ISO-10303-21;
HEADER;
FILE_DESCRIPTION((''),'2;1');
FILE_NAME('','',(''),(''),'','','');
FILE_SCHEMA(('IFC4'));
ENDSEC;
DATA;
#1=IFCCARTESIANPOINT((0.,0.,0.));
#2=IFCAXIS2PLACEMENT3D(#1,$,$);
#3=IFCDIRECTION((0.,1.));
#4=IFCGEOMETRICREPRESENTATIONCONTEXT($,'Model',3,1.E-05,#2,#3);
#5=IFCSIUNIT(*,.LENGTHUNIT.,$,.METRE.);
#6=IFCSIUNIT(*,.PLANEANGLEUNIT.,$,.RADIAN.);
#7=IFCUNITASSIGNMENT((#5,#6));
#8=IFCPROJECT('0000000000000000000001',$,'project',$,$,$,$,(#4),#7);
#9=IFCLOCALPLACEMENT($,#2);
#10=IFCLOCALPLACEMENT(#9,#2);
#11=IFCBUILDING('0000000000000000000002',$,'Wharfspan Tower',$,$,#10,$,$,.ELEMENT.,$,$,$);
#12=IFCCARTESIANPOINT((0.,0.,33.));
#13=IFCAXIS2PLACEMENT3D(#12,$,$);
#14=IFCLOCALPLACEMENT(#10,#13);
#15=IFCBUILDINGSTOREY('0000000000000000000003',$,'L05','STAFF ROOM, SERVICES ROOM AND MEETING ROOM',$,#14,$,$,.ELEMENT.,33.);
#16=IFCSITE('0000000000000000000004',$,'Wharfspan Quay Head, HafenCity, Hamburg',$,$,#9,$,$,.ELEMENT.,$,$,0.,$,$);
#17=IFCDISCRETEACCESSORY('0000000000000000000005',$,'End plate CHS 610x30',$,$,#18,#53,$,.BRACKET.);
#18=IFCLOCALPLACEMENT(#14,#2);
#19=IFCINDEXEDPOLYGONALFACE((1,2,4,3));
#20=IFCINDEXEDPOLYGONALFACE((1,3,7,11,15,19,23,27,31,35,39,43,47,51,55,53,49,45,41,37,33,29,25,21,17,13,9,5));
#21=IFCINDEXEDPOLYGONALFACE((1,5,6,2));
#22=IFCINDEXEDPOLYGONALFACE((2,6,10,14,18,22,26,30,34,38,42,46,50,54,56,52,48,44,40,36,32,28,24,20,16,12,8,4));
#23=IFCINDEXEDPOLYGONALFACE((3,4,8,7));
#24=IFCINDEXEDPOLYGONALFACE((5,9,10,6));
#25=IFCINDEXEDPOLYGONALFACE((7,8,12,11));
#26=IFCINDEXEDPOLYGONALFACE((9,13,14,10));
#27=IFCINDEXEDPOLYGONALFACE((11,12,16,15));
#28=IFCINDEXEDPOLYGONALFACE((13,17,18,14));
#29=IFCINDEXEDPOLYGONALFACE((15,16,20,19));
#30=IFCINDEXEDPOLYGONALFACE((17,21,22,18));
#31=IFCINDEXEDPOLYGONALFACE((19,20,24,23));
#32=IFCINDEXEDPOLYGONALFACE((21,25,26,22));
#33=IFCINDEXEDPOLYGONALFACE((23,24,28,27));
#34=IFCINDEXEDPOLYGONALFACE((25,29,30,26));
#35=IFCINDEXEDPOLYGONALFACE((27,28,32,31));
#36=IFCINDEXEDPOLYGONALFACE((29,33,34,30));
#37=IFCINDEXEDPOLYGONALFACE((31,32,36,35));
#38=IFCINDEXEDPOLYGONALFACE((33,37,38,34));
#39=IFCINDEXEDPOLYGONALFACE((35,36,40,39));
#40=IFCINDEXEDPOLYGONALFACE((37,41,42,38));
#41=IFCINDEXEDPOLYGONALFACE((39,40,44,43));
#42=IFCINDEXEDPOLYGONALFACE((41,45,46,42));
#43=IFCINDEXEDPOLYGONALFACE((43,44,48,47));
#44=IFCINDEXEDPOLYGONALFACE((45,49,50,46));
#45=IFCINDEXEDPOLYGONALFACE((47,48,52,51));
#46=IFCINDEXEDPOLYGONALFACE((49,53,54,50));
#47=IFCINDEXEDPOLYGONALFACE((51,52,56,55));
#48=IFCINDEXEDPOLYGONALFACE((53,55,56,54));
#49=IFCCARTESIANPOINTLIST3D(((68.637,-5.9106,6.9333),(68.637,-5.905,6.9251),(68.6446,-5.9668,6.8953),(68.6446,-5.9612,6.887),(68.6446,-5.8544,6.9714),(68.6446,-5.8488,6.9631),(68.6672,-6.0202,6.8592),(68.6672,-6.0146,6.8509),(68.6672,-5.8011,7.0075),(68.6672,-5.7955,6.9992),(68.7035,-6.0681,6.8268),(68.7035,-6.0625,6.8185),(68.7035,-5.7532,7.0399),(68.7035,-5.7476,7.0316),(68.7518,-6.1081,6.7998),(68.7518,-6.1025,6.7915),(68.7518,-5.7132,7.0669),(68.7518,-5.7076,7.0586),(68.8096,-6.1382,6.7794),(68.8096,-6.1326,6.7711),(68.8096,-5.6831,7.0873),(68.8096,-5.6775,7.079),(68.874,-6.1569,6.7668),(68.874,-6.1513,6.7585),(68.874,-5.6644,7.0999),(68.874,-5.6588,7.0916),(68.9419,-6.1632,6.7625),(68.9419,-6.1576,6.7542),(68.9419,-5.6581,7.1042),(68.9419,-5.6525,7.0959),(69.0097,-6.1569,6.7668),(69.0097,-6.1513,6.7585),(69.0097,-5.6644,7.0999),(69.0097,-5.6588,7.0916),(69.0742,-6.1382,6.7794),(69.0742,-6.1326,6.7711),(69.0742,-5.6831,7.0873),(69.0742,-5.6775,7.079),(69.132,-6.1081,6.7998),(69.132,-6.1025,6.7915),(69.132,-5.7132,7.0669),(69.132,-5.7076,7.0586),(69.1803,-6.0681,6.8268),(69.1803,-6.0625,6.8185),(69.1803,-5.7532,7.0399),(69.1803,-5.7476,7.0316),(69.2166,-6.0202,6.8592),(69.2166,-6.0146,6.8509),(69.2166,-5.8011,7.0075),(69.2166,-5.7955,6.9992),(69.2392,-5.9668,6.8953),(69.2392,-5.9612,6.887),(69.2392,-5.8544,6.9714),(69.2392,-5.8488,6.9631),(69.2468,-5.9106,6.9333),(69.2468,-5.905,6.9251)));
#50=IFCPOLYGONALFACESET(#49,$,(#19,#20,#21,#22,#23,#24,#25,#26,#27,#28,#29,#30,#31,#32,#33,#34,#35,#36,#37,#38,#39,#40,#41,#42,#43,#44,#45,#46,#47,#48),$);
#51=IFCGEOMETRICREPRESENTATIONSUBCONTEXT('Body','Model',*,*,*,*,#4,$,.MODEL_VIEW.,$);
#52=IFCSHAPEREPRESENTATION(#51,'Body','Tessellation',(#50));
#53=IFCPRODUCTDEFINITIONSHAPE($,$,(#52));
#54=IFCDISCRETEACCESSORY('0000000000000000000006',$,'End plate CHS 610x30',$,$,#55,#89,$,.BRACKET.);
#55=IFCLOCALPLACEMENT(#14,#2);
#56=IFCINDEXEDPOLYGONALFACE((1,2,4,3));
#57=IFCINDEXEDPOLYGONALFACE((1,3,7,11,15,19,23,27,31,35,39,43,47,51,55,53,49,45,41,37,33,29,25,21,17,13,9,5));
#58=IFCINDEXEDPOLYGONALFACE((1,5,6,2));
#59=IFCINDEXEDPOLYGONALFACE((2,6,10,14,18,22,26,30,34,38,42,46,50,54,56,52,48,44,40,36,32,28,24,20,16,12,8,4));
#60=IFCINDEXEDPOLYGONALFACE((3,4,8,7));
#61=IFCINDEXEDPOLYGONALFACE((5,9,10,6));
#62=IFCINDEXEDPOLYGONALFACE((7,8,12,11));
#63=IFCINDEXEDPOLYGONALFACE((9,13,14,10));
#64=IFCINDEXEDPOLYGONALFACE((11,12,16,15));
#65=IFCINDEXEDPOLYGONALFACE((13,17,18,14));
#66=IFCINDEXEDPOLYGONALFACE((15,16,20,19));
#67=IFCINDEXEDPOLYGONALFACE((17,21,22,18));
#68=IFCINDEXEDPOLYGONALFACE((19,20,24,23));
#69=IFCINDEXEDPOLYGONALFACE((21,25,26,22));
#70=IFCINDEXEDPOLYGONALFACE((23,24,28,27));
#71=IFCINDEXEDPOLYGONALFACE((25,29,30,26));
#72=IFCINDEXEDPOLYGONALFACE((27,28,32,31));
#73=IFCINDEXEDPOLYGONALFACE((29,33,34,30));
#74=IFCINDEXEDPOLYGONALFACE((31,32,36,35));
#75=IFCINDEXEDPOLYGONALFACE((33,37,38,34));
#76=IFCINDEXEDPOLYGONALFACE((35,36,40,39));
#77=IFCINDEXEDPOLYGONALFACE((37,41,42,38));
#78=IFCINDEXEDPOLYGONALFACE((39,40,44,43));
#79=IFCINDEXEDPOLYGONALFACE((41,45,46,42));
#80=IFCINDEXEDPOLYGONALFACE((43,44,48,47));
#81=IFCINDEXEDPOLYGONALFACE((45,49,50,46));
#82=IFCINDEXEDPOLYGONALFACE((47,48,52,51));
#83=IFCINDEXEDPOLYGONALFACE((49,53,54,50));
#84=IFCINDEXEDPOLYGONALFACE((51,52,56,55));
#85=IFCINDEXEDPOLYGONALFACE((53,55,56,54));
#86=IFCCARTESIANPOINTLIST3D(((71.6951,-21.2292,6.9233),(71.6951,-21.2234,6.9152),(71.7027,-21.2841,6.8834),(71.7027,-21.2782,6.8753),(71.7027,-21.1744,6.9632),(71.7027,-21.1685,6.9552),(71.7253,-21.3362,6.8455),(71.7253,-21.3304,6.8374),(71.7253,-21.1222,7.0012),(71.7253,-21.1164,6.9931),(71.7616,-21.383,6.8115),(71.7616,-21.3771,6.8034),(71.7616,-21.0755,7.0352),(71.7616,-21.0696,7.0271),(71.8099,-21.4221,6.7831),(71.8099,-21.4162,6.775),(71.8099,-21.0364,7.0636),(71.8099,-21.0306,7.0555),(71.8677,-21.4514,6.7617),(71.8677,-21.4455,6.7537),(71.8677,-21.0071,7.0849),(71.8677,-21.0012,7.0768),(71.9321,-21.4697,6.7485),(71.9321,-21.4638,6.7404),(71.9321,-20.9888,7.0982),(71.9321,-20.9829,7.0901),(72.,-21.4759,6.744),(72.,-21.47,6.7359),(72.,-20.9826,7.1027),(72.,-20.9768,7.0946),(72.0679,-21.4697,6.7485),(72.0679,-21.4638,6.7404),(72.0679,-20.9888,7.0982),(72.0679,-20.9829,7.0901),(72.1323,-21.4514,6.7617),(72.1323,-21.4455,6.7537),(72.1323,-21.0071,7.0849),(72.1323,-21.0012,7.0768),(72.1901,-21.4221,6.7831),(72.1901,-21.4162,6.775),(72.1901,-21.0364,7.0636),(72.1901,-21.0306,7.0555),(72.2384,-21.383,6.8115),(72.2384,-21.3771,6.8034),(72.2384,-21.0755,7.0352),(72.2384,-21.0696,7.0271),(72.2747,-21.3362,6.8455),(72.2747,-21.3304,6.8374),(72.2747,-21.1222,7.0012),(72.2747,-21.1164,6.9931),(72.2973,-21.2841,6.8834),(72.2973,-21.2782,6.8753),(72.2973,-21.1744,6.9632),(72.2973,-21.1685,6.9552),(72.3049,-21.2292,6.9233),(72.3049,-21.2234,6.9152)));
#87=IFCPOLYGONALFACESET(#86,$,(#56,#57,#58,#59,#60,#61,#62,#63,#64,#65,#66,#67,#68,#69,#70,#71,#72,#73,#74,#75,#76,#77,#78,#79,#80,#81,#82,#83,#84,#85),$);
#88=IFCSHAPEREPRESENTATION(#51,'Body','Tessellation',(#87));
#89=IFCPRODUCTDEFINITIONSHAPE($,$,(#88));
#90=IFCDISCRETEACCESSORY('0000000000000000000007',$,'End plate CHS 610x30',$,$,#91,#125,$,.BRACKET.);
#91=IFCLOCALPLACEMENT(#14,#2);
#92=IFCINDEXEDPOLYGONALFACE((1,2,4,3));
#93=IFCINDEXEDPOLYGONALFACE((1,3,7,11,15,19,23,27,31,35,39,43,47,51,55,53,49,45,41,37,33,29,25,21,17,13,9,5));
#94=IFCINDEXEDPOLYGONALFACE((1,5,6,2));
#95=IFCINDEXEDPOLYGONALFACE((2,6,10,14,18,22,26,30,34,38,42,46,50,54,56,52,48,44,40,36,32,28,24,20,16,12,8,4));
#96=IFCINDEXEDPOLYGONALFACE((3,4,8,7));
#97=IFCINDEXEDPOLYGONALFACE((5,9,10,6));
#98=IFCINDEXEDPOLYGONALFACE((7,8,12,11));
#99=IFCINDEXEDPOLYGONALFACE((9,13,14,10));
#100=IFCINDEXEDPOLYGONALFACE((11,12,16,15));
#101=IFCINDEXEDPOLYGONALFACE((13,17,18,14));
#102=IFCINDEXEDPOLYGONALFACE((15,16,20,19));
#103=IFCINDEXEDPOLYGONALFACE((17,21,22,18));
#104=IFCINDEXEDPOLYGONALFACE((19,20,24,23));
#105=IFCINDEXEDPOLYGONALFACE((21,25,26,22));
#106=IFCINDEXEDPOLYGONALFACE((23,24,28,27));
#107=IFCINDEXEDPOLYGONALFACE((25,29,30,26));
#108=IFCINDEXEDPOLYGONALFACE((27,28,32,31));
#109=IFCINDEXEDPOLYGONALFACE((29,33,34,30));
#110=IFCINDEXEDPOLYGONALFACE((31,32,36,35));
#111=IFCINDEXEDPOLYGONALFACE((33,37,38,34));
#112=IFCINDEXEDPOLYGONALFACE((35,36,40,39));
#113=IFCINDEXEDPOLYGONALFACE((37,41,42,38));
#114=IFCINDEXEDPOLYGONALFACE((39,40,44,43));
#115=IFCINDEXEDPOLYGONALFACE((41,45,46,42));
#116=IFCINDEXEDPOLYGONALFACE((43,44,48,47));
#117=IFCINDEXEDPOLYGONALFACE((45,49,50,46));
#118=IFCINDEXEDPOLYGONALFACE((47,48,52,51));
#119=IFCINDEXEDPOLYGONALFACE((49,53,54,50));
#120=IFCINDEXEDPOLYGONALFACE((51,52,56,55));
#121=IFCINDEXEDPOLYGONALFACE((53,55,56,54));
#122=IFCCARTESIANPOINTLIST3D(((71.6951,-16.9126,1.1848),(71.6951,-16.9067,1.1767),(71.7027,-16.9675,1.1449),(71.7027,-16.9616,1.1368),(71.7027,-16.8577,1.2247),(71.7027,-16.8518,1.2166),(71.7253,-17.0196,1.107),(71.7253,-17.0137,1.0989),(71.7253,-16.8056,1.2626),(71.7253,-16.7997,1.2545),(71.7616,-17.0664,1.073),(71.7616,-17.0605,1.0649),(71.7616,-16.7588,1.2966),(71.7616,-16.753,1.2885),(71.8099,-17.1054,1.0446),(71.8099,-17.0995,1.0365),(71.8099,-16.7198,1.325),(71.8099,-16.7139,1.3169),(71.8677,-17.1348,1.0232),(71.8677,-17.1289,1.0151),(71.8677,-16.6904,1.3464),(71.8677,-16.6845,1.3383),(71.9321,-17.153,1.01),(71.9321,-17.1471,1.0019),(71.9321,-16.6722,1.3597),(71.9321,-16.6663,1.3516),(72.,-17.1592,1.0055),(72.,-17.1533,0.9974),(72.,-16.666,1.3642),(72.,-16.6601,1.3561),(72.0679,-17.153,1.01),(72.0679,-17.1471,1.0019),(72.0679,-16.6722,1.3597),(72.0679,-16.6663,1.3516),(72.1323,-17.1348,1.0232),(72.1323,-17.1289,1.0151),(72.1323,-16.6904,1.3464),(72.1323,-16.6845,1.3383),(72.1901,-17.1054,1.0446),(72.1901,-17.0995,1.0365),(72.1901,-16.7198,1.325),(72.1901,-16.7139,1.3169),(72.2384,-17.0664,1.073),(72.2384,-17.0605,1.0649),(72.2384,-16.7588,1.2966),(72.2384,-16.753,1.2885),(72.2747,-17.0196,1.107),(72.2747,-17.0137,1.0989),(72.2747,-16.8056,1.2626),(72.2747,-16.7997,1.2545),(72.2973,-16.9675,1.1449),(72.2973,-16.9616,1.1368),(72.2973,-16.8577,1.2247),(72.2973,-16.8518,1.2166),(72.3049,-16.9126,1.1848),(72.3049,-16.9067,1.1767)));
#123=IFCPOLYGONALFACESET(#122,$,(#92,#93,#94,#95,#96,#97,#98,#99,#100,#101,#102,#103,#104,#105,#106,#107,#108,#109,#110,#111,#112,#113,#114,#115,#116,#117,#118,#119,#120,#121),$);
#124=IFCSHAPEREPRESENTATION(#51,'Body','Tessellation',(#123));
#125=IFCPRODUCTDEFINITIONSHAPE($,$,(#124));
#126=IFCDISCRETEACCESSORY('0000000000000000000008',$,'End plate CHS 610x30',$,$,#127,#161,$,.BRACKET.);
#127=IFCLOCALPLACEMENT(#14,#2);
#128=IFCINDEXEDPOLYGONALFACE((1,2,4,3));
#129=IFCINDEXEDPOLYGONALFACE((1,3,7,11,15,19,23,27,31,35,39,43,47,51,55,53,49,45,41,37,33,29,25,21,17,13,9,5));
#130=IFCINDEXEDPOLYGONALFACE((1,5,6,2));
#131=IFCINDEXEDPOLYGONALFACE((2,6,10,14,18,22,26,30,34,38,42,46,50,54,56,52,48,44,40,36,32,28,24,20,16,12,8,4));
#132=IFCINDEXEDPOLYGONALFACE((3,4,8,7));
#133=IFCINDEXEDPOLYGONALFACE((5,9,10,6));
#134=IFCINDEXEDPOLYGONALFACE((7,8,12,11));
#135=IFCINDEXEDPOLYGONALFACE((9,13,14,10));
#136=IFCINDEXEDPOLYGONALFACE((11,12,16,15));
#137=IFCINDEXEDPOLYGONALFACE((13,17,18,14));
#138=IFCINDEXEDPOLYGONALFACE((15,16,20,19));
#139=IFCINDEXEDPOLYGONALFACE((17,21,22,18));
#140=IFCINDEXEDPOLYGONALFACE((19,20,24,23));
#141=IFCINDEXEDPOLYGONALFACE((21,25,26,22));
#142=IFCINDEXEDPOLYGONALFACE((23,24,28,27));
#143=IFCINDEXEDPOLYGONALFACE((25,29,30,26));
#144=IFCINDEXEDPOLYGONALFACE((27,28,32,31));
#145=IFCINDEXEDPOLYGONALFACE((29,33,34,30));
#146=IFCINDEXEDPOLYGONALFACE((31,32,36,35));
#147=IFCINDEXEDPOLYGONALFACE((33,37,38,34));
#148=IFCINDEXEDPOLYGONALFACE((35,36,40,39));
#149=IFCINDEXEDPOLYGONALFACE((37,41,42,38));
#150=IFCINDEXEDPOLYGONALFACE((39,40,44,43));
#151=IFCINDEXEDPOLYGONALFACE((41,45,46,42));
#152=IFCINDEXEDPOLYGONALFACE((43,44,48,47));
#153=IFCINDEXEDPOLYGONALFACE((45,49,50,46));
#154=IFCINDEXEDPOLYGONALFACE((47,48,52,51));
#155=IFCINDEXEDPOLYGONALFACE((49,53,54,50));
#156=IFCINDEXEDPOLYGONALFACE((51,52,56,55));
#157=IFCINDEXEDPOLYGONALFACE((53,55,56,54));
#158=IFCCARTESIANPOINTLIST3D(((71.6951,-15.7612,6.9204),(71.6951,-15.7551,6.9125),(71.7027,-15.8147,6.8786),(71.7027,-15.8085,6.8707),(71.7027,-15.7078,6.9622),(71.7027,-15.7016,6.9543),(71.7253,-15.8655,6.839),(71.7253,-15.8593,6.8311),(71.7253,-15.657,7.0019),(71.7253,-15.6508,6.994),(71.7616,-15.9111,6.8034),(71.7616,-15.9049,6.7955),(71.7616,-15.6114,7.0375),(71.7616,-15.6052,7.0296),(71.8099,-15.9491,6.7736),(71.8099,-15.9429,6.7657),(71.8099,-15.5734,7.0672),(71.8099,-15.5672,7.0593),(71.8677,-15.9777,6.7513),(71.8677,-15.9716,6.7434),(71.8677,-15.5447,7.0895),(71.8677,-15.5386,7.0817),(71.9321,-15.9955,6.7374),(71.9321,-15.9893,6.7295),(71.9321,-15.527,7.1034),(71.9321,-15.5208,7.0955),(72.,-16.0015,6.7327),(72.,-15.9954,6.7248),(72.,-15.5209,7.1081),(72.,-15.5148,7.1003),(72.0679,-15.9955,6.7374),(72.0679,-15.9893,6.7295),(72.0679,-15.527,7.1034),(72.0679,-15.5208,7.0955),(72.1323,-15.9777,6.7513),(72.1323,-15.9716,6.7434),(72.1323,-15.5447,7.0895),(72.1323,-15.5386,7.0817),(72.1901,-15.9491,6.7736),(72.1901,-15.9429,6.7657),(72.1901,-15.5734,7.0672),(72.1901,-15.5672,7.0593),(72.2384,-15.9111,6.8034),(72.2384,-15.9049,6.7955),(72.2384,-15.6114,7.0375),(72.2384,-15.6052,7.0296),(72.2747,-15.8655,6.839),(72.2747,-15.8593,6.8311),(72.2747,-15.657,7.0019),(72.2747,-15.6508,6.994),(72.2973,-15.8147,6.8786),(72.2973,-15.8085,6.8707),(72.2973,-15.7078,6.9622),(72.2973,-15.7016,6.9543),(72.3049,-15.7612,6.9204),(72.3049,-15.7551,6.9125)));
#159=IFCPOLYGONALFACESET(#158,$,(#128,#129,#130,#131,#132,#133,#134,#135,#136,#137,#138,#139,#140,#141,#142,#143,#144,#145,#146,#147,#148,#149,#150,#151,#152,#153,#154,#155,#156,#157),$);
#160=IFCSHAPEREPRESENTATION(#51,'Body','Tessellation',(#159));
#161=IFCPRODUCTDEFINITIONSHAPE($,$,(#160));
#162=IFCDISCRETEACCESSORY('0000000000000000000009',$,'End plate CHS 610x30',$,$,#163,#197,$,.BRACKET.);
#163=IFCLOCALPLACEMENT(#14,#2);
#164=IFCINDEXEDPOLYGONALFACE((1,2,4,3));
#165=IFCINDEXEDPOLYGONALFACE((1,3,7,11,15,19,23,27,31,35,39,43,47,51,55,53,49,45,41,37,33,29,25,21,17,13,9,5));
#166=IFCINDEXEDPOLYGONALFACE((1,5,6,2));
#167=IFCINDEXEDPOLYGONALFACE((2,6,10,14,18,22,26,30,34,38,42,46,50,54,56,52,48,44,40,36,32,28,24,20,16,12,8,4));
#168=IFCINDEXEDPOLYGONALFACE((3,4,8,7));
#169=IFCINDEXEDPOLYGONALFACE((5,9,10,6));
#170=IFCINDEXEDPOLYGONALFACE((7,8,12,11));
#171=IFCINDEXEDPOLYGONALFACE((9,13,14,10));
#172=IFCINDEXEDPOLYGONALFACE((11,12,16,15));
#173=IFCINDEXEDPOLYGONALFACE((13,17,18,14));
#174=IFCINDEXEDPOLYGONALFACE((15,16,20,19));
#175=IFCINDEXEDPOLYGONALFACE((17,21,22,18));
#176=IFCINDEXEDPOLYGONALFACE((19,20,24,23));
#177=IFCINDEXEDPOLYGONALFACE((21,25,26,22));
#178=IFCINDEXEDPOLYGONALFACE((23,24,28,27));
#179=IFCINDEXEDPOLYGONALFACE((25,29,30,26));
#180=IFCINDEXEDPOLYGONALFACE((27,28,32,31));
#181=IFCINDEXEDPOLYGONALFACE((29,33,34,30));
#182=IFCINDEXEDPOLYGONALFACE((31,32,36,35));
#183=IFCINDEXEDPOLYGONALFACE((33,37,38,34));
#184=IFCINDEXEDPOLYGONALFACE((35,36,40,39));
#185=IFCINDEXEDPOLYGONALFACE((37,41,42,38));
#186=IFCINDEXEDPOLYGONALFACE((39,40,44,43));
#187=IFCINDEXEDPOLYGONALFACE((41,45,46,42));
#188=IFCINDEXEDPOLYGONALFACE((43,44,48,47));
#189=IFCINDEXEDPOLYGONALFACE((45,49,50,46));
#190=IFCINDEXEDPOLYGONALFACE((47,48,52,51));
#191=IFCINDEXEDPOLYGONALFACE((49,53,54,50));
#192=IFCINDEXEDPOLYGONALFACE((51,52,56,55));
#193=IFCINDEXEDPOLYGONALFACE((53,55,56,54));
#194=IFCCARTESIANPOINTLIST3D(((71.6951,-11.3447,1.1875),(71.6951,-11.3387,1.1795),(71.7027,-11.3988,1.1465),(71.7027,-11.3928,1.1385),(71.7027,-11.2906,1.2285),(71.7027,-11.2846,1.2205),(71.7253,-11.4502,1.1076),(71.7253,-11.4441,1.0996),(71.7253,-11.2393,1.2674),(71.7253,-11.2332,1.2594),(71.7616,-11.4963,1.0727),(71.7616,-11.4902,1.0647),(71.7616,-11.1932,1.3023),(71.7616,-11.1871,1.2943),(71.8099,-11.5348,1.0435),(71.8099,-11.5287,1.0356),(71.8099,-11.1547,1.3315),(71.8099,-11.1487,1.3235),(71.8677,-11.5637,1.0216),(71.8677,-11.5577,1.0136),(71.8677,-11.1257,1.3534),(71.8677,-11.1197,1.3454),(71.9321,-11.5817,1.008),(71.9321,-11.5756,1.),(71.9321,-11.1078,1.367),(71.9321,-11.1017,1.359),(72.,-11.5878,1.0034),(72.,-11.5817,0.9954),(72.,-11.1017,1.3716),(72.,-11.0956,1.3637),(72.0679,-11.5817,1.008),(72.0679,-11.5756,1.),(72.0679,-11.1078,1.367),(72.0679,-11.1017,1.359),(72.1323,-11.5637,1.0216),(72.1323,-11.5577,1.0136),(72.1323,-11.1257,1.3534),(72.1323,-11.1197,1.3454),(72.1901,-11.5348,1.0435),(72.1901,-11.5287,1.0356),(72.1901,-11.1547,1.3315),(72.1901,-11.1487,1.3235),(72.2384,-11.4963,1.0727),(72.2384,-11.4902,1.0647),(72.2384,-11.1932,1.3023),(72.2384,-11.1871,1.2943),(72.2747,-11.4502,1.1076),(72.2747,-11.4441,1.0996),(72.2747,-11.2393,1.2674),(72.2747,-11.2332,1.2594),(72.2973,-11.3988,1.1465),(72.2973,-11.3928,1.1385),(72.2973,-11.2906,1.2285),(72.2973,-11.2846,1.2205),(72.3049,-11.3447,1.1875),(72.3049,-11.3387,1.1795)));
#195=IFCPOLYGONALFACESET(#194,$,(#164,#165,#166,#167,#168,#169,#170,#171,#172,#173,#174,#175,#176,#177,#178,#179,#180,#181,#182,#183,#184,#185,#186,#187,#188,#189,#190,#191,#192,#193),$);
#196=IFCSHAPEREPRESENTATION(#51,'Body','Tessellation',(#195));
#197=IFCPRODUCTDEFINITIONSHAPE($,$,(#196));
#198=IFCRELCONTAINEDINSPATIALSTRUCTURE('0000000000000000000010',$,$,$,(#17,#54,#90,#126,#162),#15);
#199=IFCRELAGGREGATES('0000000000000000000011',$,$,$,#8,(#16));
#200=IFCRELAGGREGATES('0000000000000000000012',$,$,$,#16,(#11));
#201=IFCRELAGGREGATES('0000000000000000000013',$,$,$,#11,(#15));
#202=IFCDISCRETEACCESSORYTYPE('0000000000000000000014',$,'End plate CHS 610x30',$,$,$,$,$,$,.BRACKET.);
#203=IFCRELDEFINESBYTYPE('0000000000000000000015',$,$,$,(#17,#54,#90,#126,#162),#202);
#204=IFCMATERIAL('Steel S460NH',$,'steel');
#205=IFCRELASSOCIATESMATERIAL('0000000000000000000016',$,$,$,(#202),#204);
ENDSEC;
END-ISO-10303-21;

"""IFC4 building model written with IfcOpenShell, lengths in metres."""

from ifc_helpers import new_model, si_unit, direction, frame, origin, origin_2d, place, context, subcontext, project, spatial, circle, extrude, material, material_profile, profile_set, type_object, element, save


model = new_model("IFC4")

# Units and contexts
model_context = context("Model", 3, precision=1e-05, world=origin(), true_north=direction((0.0, 1.0)))
body_context = subcontext(model_context, "Body", "Model", "MODEL_VIEW")
ifc_project = project(units=[si_unit("LENGTHUNIT", "METRE"), si_unit("PLANEANGLEUNIT", "RADIAN")], contexts=[model_context])

# Site, building, storey
site_placement = place(None, origin())
site = spatial("IfcSite", under=ifc_project, at=site_placement, Name="Wharfspan Quay Head, HafenCity, Hamburg", CompositionType="ELEMENT", RefElevation=0.0)
building_placement = place(site_placement, origin())
building = spatial("IfcBuilding", under=site, at=building_placement, Name="Wharfspan Tower", CompositionType="ELEMENT")
storey_placement = place(building_placement, frame((0.0, 0.0, 33.0)))
storey = spatial("IfcBuildingStorey", under=building, at=storey_placement, Name="L05", Description="STAFF ROOM, SERVICES ROOM AND MEETING ROOM", CompositionType="ELEMENT", Elevation=33.0)

# Shared definitions
ifc_material_1 = material(Name="Steel S460NH", Category="steel")

# Discrete accessories
ifc_material_profile_1 = material_profile(ifc_material_1, circle(Radius=0.3049, at=origin_2d()))
ifc_profile_set_1 = profile_set([ifc_material_profile_1], Name="Steel S460NH")
discrete_accessory_type = type_object("IfcDiscreteAccessoryType", Name="End plate CHS 610x30", PredefinedType="BRACKET", material=ifc_profile_set_1)
for number, where, z_axis, x_axis, name in (
    (1, (68.9419, -5.9106, 6.9333), (0.0, 0.560309, -0.828283), (-1.0, 0.0, 0.0), "End plate CHS 610x30"),
    (2, (72.0, -21.2292, 6.9233), (0.0, 0.588172, -0.808736), (-1.0, 0.0, 0.0), "End plate CHS 610x30"),
    (3, (72.0, -16.9126, 1.1848), (0.0, 0.588172, -0.808736), (-1.0, 0.0, 0.0), "End plate CHS 610x30"),
    (4, (72.0, -15.7612, 6.9204), (0.0, 0.615644, -0.788024), (-1.0, 0.0, 0.0), "End plate CHS 610x30"),
    (5, (72.0, -11.3447, 1.1875), (0.0, 0.603858, -0.797092), (-1.0, 0.0, 0.0), "End plate CHS 610x30"),
):
    element("IfcDiscreteAccessory", number, at=place(storey_placement, frame(where, z_axis=z_axis, x_axis=x_axis)), inside=storey, type_object=discrete_accessory_type, Name=name, PredefinedType="BRACKET", context=body_context, shape_type="SweptSolid", body=[
        extrude(circle(Radius=0.3049, at=origin_2d()), origin(), (0.0, 0.0, 1.0), 0.01),
    ])

save(model, "model.ifc")
